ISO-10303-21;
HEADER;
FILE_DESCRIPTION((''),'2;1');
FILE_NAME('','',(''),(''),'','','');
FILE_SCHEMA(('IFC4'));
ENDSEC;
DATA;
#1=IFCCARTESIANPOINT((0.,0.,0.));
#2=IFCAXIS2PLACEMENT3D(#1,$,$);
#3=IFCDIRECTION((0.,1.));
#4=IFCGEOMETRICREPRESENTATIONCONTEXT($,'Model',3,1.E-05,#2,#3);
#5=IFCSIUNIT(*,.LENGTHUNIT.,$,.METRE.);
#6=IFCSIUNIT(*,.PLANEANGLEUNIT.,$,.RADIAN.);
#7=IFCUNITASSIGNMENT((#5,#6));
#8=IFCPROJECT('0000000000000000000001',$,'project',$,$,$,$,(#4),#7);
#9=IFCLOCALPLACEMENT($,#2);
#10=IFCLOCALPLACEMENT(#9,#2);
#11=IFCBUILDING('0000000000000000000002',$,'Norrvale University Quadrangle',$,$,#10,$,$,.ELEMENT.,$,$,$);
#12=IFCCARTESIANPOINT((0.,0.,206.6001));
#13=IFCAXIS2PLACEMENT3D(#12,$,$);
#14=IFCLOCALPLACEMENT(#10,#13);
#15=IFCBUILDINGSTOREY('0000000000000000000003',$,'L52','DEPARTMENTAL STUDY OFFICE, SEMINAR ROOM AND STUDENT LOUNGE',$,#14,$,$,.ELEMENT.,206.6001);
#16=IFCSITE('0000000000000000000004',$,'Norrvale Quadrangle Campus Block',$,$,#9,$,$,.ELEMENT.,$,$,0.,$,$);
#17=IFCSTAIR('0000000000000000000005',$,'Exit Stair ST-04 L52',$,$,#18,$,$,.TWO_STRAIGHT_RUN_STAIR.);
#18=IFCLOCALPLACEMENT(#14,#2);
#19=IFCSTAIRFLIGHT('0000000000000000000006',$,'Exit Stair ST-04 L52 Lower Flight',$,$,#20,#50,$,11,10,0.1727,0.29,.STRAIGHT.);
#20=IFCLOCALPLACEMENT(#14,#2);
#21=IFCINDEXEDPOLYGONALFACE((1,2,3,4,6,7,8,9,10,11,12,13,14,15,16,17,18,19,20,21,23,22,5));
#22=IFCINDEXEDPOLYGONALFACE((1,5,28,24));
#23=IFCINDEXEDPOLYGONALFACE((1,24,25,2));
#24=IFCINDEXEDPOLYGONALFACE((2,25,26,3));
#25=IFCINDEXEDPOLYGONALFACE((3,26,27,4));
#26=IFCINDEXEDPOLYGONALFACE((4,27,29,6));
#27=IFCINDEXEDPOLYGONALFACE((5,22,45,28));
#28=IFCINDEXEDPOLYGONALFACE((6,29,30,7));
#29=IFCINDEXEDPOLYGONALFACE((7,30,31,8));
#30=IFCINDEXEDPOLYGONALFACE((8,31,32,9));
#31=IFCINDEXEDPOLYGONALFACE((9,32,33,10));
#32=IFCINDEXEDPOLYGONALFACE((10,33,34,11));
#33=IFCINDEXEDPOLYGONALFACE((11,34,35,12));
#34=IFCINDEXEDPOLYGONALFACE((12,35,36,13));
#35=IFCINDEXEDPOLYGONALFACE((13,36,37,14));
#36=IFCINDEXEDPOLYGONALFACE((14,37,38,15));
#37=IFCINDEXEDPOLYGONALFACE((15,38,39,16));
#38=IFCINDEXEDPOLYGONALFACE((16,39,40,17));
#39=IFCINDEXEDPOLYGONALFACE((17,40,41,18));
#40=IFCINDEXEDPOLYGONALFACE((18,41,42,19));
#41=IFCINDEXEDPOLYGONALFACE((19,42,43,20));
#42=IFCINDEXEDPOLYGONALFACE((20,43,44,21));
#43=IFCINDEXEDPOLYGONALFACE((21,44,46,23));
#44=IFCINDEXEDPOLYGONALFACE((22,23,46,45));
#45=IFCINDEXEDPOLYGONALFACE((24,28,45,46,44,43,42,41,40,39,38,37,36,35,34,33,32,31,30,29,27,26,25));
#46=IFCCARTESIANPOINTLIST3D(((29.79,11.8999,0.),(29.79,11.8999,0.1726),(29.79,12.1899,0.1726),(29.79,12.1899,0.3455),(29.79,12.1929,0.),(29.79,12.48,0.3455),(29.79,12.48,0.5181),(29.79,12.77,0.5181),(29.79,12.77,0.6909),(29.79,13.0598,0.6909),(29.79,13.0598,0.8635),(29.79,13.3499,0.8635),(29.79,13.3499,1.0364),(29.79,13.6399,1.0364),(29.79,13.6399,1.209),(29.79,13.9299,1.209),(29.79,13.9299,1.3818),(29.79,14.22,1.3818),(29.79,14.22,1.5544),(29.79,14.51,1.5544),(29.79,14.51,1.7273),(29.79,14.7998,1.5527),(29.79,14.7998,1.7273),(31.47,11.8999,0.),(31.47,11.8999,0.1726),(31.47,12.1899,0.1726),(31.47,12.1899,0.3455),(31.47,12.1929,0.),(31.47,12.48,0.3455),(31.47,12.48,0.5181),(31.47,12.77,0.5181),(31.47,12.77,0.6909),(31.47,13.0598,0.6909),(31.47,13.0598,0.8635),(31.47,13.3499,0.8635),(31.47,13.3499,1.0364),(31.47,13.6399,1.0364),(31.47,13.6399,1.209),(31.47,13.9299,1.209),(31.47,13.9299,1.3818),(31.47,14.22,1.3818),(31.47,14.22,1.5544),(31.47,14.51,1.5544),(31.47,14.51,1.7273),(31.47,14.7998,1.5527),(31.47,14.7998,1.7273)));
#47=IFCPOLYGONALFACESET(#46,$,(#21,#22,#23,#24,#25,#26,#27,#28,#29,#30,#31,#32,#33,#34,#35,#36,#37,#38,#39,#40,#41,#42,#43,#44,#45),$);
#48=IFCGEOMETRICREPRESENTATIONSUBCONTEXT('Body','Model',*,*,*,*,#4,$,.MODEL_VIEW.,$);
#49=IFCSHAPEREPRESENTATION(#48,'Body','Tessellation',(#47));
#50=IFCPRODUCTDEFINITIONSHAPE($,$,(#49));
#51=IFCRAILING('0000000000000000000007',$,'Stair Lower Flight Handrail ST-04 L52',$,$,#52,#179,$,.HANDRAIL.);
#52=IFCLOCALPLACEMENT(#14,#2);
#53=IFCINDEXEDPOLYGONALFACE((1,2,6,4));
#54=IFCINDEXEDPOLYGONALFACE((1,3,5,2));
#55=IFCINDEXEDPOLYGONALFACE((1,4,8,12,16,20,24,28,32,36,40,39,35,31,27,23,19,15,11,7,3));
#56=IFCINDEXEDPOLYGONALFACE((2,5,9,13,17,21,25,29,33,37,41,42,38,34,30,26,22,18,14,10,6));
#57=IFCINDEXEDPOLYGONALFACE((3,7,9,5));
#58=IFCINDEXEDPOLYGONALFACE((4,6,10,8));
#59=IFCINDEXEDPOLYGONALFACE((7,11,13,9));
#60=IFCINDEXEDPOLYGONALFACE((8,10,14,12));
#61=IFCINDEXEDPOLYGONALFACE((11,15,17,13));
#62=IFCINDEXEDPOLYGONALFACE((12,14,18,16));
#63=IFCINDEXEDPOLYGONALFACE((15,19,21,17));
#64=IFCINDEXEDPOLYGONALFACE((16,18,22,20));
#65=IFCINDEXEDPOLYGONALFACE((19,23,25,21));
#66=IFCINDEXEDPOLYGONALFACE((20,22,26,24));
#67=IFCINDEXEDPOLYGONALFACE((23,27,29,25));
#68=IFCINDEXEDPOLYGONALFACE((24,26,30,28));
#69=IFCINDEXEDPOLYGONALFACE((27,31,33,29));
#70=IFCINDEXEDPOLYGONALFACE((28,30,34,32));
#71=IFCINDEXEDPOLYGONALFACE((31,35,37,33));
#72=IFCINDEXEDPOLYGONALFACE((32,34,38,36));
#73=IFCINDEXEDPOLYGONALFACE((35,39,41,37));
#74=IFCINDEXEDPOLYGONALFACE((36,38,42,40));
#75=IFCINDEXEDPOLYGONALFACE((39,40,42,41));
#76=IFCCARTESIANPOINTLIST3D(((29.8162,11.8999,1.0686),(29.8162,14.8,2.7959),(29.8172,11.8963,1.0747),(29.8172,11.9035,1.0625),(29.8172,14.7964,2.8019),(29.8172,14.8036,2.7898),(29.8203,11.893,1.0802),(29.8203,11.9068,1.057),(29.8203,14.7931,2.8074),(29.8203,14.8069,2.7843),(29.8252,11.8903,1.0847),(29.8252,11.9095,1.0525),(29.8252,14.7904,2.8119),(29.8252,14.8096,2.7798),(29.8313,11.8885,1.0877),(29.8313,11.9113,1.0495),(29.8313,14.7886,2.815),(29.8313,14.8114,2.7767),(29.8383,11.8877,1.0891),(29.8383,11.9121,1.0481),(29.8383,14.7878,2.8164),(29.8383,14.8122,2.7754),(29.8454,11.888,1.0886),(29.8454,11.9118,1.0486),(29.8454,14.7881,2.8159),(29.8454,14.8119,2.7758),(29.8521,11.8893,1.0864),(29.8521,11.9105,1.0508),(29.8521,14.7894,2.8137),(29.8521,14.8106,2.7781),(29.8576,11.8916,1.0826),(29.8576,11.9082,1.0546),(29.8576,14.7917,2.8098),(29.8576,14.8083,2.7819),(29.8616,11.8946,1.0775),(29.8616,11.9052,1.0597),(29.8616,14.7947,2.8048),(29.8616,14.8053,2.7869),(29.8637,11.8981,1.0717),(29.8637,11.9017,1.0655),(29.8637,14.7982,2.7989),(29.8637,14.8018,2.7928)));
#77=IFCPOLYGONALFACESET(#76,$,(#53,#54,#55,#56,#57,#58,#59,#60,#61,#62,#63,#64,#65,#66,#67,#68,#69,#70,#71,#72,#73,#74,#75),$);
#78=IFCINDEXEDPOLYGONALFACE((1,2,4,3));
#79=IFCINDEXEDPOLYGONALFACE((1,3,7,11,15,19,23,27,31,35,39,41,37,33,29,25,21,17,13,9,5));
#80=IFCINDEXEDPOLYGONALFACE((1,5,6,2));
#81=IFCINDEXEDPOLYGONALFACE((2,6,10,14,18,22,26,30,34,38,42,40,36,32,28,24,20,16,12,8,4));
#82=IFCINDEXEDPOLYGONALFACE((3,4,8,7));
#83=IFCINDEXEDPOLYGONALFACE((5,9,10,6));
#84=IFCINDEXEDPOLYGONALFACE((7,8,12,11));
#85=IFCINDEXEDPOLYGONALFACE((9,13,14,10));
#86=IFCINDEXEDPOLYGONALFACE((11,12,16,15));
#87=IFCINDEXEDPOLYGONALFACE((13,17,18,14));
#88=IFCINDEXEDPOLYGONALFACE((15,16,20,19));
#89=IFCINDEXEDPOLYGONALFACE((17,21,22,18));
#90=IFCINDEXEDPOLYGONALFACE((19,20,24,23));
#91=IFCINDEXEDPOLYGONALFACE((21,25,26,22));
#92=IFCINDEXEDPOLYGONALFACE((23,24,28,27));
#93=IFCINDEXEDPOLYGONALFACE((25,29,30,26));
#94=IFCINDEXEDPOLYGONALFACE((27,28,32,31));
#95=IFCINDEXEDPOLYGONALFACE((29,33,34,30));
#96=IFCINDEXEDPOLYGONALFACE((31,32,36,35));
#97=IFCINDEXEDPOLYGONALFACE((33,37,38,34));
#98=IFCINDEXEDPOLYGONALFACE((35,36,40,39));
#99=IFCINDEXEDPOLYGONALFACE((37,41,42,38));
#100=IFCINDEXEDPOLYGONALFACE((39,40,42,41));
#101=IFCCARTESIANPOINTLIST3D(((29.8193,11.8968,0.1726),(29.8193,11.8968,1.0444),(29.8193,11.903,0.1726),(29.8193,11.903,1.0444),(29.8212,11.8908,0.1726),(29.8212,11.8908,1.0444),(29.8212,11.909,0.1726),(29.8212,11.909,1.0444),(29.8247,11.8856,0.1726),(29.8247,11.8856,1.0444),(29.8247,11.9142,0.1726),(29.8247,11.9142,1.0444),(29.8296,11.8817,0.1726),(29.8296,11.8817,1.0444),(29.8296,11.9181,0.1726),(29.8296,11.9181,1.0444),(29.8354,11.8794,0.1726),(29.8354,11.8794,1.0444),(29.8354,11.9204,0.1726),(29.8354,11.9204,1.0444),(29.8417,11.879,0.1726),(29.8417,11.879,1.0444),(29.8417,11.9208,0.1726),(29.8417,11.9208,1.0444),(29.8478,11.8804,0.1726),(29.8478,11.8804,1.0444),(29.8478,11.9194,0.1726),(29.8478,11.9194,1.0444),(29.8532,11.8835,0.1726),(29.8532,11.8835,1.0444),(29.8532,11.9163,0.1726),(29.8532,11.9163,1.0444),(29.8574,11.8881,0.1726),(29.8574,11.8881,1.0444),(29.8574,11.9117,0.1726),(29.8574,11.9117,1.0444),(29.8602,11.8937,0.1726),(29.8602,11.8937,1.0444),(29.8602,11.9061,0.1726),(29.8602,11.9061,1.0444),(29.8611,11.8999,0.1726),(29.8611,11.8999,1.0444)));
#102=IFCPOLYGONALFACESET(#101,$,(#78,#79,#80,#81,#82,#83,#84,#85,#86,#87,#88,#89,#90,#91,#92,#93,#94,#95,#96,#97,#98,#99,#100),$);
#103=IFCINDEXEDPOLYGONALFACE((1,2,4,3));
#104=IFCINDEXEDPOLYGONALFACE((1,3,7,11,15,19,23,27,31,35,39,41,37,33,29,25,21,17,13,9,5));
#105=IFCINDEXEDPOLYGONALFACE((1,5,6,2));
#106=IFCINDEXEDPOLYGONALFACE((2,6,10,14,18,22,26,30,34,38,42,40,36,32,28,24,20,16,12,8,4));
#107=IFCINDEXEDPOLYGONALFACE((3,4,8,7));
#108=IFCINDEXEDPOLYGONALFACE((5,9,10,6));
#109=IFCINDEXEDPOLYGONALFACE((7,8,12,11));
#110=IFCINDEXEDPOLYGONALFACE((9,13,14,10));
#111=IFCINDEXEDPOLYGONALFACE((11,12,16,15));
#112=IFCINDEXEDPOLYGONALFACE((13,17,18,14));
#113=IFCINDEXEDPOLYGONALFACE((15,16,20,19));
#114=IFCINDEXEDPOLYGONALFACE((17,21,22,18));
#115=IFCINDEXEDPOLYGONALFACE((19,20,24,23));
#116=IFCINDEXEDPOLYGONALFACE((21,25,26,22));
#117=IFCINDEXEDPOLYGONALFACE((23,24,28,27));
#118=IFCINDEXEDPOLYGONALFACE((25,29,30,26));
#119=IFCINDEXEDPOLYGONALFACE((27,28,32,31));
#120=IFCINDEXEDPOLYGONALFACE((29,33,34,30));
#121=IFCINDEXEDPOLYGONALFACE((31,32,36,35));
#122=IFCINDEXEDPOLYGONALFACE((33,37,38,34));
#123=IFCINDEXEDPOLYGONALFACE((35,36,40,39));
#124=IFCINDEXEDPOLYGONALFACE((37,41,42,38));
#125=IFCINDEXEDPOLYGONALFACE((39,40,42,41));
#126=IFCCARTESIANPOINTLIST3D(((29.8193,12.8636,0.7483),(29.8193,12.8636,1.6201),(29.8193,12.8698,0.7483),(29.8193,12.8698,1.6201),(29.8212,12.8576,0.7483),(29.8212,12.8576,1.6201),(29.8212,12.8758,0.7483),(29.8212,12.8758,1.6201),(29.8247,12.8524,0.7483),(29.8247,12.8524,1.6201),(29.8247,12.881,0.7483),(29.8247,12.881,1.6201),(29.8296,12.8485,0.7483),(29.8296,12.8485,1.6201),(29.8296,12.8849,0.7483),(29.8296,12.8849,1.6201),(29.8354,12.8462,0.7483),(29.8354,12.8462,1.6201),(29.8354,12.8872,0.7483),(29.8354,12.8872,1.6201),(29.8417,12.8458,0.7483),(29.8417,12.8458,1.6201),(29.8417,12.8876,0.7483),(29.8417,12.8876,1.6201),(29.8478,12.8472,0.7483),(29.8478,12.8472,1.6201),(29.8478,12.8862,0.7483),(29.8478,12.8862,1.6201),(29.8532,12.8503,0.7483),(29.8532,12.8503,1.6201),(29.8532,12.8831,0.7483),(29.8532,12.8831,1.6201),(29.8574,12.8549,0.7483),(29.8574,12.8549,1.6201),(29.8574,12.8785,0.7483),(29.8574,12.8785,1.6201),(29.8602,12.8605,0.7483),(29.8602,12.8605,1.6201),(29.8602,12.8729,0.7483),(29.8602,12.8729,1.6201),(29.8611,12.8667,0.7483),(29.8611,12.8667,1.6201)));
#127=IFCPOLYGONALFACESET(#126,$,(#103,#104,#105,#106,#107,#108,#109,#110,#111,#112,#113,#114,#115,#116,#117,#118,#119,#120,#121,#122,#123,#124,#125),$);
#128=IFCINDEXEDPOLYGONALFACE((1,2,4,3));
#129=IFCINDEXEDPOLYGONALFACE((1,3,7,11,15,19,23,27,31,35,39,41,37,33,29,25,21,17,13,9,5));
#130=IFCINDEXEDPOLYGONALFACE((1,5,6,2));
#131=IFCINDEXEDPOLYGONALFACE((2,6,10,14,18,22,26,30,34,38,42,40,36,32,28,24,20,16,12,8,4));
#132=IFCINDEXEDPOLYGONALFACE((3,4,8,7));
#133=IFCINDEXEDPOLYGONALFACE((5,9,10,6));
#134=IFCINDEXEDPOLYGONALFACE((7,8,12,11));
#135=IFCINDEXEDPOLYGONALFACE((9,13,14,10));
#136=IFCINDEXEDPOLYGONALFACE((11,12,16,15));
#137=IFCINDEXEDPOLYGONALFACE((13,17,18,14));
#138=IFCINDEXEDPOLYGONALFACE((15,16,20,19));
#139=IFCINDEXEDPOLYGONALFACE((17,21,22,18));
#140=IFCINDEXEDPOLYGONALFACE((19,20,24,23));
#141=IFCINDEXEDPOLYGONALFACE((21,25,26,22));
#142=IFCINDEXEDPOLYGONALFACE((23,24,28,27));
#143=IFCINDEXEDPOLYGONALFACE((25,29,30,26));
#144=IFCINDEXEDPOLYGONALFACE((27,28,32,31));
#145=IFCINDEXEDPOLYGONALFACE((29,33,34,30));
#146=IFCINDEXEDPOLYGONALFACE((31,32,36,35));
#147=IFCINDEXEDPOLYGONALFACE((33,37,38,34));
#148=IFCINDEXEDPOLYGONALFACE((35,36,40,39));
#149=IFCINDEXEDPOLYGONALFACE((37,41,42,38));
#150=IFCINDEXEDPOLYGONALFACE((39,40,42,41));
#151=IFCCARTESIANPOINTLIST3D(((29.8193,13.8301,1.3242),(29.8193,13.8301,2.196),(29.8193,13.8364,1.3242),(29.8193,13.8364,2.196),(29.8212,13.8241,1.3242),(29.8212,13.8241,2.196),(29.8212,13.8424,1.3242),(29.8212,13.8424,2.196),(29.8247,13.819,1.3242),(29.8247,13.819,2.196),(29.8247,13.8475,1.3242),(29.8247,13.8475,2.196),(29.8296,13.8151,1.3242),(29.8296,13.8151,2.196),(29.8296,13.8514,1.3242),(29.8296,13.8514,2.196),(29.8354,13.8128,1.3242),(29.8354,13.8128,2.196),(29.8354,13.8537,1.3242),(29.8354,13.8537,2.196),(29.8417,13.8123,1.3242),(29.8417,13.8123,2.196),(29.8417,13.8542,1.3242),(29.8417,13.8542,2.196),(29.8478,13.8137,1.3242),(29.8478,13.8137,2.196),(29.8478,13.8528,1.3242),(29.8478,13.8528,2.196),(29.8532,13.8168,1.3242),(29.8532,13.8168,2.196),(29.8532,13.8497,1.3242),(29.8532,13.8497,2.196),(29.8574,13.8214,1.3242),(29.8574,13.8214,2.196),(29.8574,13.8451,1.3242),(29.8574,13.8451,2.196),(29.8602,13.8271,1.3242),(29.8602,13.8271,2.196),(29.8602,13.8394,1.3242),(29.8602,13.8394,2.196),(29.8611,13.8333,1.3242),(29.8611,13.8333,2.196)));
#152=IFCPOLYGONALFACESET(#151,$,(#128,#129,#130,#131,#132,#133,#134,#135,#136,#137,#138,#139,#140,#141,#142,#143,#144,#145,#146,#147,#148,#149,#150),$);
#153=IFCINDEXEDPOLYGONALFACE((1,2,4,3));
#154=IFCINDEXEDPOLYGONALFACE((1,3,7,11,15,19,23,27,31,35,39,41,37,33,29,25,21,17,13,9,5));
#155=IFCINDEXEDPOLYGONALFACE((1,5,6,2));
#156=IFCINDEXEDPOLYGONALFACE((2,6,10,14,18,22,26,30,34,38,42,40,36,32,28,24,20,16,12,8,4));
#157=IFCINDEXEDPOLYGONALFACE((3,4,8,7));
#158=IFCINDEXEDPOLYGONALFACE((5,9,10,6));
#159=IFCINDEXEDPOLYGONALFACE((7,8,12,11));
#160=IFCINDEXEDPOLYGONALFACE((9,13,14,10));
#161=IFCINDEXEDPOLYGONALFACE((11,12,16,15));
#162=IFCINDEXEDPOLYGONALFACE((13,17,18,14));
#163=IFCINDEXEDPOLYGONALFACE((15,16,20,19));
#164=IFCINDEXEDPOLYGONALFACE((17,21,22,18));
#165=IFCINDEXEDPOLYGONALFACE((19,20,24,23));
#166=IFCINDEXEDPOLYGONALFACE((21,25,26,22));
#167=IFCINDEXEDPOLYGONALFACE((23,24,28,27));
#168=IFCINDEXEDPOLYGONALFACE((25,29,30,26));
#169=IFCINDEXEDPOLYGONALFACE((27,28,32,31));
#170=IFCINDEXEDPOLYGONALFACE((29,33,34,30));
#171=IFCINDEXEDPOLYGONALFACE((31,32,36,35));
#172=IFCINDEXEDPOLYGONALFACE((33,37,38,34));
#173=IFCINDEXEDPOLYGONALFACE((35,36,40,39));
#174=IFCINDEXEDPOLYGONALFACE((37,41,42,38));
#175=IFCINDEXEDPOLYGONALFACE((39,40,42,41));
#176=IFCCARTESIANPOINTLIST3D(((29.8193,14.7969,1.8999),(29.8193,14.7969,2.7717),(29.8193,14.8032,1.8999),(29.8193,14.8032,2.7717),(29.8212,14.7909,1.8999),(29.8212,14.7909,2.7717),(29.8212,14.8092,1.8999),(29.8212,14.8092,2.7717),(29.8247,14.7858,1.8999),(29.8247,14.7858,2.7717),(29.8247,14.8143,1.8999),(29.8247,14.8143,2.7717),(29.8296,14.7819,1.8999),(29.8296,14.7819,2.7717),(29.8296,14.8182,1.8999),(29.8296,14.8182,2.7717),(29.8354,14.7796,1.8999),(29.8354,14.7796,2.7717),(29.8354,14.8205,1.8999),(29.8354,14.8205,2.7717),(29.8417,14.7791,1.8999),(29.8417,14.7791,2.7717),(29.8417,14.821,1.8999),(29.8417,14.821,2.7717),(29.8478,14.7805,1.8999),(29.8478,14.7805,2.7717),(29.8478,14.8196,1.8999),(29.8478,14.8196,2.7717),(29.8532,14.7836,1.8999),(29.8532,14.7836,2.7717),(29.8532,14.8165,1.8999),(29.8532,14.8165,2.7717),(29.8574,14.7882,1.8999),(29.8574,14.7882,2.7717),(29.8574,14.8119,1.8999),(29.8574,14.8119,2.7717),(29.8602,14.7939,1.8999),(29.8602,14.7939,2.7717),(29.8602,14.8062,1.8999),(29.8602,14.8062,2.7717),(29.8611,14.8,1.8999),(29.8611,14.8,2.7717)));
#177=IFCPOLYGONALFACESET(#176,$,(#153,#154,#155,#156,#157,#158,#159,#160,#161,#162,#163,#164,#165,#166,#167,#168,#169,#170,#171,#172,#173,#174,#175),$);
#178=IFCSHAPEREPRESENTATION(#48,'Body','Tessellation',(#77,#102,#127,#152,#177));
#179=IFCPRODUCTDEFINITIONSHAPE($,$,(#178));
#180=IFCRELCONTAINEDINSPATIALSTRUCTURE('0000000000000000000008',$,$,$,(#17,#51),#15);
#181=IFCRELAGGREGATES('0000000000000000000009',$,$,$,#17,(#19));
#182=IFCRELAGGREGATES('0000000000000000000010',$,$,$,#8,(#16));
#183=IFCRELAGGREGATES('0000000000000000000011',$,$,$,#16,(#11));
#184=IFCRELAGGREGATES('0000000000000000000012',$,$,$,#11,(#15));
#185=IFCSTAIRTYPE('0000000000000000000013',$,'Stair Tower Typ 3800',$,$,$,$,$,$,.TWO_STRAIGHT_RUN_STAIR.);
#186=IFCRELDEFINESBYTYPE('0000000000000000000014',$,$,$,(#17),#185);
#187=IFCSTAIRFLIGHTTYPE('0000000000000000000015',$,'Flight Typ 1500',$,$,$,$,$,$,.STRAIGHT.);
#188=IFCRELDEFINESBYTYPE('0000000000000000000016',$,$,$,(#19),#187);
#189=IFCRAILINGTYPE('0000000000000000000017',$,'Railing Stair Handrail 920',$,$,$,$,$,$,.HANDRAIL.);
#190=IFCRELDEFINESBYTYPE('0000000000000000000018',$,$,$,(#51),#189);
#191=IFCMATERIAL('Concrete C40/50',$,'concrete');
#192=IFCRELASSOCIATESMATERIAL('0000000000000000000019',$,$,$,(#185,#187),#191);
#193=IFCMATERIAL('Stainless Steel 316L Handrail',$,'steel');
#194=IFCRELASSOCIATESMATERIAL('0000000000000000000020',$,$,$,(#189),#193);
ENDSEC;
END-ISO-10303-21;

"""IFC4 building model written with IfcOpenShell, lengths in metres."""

from ifc_helpers import new_model, si_unit, direction, frame, origin, origin_2d, place, context, subcontext, project, spatial, polyline, circle, outline, extrude, material, type_object, element, aggregate, save


model = new_model("IFC4")

# Units and contexts
model_context = context("Model", 3, precision=1e-05, world=origin(), true_north=direction((0.0, 1.0)))
body_context = subcontext(model_context, "Body", "Model", "MODEL_VIEW")
ifc_project = project(units=[si_unit("LENGTHUNIT", "METRE"), si_unit("PLANEANGLEUNIT", "RADIAN")], contexts=[model_context])

# Site, building, storey
site_placement = place(None, origin())
site = spatial("IfcSite", under=ifc_project, at=site_placement, Name="Norrvale Quadrangle Campus Block", CompositionType="ELEMENT", RefElevation=0.0)
building_placement = place(site_placement, origin())
building = spatial("IfcBuilding", under=site, at=building_placement, Name="Norrvale University Quadrangle", CompositionType="ELEMENT")
storey_placement = place(building_placement, frame((0.0, 0.0, 206.6001)))
storey = spatial("IfcBuildingStorey", under=building, at=storey_placement, Name="L52", Description="DEPARTMENTAL STUDY OFFICE, SEMINAR ROOM AND STUDENT LOUNGE", CompositionType="ELEMENT", Elevation=206.6001)

# Stair, stair flight
ifc_material_1 = material(Name="Concrete C40/50", Category="concrete")
stair_type = type_object("IfcStairType", Name="Stair Tower Typ 3800", PredefinedType="TWO_STRAIGHT_RUN_STAIR", material=ifc_material_1)
stair_placement = place(storey_placement, origin())
stair = element("IfcStair", 1, at=stair_placement, inside=storey, type_object=stair_type, Name="Exit Stair ST-04 L52", PredefinedType="TWO_STRAIGHT_RUN_STAIR")
stair_flight_type = type_object("IfcStairFlightType", Name="Flight Typ 1500", PredefinedType="STRAIGHT", material=ifc_material_1)
stair_flight_placement = place(storey_placement, frame((30.6299, 11.8999, 0.0), z_axis=(0.0, 0.0, 1.0), x_axis=(0.0, 1.0, 0.0)))
stair_flight = element("IfcStairFlight", 2, at=stair_flight_placement, type_object=stair_flight_type, Name="Exit Stair ST-04 L52 Lower Flight", NumberOfRisers=11, NumberOfTreads=10, PredefinedType="STRAIGHT", RiserHeight=0.1727, TreadLength=0.29, context=body_context, shape_type="SweptSolid", body=[
    extrude(outline(polyline([(0.0, 0.0), (0.0, 0.1726), (0.29, 0.1726), (0.29, 0.3455), (0.5801, 0.3455), (0.5801, 0.5181), (0.8701, 0.5181), (0.8701, 0.6909), (1.1599, 0.6909), (1.1599, 0.8635), (1.45, 0.8635), (1.45, 1.0364), (1.74, 1.0364), (1.74, 1.209), (2.03, 1.209), (2.03, 1.3818), (2.3201, 1.3818), (2.3201, 1.5544), (2.6101, 1.5544), (2.6101, 1.7273), (2.8999, 1.7273), (2.8999, 1.8999), (2.8999, 1.5527), (0.293, 0.0), (0.0, 0.0)])), frame((0.0, 0.8398, 0.0), z_axis=(0.0, -1.0, 0.0), x_axis=(1.0, 0.0, 0.0)), (0.0, 0.0, 1.0), 1.6799),
])
aggregate(stair, [stair_flight])

# Railing
ifc_material_2 = material(Name="Stainless Steel 316L Handrail", Category="steel")
railing_type = type_object("IfcRailingType", Name="Railing Stair Handrail 920", PredefinedType="HANDRAIL", material=ifc_material_2)
railing_placement = place(storey_placement, frame((29.8401, 11.8999, 0.1726)))
element("IfcRailing", 3, at=railing_placement, inside=storey, type_object=railing_type, Name="Stair Lower Flight Handrail ST-04 L52", PredefinedType="HANDRAIL", context=body_context, shape_type="SweptSolid", body=[
    extrude(circle(Radius=0.0239, at=origin_2d()), frame((0.0, 0.0, 0.896), z_axis=(0.0, 0.85916, 0.511706), x_axis=(-1.0, 0.0, 0.0)), (0.0, 0.0, 1.0), 3.3755),
    extrude(circle(Radius=0.021, at=origin_2d()), origin(), (0.0, 0.0, 1.0), 0.8718),
    extrude(circle(Radius=0.021, at=origin_2d()), frame((0.0, 0.9668, 0.5757)), (0.0, 0.0, 1.0), 0.8718),
    extrude(circle(Radius=0.021, at=origin_2d()), frame((0.0, 1.9333, 1.1516)), (0.0, 0.0, 1.0), 0.8718),
    extrude(circle(Radius=0.021, at=origin_2d()), frame((0.0, 2.9001, 1.7273)), (0.0, 0.0, 1.0), 0.8718),
])

save(model, "model.ifc")
